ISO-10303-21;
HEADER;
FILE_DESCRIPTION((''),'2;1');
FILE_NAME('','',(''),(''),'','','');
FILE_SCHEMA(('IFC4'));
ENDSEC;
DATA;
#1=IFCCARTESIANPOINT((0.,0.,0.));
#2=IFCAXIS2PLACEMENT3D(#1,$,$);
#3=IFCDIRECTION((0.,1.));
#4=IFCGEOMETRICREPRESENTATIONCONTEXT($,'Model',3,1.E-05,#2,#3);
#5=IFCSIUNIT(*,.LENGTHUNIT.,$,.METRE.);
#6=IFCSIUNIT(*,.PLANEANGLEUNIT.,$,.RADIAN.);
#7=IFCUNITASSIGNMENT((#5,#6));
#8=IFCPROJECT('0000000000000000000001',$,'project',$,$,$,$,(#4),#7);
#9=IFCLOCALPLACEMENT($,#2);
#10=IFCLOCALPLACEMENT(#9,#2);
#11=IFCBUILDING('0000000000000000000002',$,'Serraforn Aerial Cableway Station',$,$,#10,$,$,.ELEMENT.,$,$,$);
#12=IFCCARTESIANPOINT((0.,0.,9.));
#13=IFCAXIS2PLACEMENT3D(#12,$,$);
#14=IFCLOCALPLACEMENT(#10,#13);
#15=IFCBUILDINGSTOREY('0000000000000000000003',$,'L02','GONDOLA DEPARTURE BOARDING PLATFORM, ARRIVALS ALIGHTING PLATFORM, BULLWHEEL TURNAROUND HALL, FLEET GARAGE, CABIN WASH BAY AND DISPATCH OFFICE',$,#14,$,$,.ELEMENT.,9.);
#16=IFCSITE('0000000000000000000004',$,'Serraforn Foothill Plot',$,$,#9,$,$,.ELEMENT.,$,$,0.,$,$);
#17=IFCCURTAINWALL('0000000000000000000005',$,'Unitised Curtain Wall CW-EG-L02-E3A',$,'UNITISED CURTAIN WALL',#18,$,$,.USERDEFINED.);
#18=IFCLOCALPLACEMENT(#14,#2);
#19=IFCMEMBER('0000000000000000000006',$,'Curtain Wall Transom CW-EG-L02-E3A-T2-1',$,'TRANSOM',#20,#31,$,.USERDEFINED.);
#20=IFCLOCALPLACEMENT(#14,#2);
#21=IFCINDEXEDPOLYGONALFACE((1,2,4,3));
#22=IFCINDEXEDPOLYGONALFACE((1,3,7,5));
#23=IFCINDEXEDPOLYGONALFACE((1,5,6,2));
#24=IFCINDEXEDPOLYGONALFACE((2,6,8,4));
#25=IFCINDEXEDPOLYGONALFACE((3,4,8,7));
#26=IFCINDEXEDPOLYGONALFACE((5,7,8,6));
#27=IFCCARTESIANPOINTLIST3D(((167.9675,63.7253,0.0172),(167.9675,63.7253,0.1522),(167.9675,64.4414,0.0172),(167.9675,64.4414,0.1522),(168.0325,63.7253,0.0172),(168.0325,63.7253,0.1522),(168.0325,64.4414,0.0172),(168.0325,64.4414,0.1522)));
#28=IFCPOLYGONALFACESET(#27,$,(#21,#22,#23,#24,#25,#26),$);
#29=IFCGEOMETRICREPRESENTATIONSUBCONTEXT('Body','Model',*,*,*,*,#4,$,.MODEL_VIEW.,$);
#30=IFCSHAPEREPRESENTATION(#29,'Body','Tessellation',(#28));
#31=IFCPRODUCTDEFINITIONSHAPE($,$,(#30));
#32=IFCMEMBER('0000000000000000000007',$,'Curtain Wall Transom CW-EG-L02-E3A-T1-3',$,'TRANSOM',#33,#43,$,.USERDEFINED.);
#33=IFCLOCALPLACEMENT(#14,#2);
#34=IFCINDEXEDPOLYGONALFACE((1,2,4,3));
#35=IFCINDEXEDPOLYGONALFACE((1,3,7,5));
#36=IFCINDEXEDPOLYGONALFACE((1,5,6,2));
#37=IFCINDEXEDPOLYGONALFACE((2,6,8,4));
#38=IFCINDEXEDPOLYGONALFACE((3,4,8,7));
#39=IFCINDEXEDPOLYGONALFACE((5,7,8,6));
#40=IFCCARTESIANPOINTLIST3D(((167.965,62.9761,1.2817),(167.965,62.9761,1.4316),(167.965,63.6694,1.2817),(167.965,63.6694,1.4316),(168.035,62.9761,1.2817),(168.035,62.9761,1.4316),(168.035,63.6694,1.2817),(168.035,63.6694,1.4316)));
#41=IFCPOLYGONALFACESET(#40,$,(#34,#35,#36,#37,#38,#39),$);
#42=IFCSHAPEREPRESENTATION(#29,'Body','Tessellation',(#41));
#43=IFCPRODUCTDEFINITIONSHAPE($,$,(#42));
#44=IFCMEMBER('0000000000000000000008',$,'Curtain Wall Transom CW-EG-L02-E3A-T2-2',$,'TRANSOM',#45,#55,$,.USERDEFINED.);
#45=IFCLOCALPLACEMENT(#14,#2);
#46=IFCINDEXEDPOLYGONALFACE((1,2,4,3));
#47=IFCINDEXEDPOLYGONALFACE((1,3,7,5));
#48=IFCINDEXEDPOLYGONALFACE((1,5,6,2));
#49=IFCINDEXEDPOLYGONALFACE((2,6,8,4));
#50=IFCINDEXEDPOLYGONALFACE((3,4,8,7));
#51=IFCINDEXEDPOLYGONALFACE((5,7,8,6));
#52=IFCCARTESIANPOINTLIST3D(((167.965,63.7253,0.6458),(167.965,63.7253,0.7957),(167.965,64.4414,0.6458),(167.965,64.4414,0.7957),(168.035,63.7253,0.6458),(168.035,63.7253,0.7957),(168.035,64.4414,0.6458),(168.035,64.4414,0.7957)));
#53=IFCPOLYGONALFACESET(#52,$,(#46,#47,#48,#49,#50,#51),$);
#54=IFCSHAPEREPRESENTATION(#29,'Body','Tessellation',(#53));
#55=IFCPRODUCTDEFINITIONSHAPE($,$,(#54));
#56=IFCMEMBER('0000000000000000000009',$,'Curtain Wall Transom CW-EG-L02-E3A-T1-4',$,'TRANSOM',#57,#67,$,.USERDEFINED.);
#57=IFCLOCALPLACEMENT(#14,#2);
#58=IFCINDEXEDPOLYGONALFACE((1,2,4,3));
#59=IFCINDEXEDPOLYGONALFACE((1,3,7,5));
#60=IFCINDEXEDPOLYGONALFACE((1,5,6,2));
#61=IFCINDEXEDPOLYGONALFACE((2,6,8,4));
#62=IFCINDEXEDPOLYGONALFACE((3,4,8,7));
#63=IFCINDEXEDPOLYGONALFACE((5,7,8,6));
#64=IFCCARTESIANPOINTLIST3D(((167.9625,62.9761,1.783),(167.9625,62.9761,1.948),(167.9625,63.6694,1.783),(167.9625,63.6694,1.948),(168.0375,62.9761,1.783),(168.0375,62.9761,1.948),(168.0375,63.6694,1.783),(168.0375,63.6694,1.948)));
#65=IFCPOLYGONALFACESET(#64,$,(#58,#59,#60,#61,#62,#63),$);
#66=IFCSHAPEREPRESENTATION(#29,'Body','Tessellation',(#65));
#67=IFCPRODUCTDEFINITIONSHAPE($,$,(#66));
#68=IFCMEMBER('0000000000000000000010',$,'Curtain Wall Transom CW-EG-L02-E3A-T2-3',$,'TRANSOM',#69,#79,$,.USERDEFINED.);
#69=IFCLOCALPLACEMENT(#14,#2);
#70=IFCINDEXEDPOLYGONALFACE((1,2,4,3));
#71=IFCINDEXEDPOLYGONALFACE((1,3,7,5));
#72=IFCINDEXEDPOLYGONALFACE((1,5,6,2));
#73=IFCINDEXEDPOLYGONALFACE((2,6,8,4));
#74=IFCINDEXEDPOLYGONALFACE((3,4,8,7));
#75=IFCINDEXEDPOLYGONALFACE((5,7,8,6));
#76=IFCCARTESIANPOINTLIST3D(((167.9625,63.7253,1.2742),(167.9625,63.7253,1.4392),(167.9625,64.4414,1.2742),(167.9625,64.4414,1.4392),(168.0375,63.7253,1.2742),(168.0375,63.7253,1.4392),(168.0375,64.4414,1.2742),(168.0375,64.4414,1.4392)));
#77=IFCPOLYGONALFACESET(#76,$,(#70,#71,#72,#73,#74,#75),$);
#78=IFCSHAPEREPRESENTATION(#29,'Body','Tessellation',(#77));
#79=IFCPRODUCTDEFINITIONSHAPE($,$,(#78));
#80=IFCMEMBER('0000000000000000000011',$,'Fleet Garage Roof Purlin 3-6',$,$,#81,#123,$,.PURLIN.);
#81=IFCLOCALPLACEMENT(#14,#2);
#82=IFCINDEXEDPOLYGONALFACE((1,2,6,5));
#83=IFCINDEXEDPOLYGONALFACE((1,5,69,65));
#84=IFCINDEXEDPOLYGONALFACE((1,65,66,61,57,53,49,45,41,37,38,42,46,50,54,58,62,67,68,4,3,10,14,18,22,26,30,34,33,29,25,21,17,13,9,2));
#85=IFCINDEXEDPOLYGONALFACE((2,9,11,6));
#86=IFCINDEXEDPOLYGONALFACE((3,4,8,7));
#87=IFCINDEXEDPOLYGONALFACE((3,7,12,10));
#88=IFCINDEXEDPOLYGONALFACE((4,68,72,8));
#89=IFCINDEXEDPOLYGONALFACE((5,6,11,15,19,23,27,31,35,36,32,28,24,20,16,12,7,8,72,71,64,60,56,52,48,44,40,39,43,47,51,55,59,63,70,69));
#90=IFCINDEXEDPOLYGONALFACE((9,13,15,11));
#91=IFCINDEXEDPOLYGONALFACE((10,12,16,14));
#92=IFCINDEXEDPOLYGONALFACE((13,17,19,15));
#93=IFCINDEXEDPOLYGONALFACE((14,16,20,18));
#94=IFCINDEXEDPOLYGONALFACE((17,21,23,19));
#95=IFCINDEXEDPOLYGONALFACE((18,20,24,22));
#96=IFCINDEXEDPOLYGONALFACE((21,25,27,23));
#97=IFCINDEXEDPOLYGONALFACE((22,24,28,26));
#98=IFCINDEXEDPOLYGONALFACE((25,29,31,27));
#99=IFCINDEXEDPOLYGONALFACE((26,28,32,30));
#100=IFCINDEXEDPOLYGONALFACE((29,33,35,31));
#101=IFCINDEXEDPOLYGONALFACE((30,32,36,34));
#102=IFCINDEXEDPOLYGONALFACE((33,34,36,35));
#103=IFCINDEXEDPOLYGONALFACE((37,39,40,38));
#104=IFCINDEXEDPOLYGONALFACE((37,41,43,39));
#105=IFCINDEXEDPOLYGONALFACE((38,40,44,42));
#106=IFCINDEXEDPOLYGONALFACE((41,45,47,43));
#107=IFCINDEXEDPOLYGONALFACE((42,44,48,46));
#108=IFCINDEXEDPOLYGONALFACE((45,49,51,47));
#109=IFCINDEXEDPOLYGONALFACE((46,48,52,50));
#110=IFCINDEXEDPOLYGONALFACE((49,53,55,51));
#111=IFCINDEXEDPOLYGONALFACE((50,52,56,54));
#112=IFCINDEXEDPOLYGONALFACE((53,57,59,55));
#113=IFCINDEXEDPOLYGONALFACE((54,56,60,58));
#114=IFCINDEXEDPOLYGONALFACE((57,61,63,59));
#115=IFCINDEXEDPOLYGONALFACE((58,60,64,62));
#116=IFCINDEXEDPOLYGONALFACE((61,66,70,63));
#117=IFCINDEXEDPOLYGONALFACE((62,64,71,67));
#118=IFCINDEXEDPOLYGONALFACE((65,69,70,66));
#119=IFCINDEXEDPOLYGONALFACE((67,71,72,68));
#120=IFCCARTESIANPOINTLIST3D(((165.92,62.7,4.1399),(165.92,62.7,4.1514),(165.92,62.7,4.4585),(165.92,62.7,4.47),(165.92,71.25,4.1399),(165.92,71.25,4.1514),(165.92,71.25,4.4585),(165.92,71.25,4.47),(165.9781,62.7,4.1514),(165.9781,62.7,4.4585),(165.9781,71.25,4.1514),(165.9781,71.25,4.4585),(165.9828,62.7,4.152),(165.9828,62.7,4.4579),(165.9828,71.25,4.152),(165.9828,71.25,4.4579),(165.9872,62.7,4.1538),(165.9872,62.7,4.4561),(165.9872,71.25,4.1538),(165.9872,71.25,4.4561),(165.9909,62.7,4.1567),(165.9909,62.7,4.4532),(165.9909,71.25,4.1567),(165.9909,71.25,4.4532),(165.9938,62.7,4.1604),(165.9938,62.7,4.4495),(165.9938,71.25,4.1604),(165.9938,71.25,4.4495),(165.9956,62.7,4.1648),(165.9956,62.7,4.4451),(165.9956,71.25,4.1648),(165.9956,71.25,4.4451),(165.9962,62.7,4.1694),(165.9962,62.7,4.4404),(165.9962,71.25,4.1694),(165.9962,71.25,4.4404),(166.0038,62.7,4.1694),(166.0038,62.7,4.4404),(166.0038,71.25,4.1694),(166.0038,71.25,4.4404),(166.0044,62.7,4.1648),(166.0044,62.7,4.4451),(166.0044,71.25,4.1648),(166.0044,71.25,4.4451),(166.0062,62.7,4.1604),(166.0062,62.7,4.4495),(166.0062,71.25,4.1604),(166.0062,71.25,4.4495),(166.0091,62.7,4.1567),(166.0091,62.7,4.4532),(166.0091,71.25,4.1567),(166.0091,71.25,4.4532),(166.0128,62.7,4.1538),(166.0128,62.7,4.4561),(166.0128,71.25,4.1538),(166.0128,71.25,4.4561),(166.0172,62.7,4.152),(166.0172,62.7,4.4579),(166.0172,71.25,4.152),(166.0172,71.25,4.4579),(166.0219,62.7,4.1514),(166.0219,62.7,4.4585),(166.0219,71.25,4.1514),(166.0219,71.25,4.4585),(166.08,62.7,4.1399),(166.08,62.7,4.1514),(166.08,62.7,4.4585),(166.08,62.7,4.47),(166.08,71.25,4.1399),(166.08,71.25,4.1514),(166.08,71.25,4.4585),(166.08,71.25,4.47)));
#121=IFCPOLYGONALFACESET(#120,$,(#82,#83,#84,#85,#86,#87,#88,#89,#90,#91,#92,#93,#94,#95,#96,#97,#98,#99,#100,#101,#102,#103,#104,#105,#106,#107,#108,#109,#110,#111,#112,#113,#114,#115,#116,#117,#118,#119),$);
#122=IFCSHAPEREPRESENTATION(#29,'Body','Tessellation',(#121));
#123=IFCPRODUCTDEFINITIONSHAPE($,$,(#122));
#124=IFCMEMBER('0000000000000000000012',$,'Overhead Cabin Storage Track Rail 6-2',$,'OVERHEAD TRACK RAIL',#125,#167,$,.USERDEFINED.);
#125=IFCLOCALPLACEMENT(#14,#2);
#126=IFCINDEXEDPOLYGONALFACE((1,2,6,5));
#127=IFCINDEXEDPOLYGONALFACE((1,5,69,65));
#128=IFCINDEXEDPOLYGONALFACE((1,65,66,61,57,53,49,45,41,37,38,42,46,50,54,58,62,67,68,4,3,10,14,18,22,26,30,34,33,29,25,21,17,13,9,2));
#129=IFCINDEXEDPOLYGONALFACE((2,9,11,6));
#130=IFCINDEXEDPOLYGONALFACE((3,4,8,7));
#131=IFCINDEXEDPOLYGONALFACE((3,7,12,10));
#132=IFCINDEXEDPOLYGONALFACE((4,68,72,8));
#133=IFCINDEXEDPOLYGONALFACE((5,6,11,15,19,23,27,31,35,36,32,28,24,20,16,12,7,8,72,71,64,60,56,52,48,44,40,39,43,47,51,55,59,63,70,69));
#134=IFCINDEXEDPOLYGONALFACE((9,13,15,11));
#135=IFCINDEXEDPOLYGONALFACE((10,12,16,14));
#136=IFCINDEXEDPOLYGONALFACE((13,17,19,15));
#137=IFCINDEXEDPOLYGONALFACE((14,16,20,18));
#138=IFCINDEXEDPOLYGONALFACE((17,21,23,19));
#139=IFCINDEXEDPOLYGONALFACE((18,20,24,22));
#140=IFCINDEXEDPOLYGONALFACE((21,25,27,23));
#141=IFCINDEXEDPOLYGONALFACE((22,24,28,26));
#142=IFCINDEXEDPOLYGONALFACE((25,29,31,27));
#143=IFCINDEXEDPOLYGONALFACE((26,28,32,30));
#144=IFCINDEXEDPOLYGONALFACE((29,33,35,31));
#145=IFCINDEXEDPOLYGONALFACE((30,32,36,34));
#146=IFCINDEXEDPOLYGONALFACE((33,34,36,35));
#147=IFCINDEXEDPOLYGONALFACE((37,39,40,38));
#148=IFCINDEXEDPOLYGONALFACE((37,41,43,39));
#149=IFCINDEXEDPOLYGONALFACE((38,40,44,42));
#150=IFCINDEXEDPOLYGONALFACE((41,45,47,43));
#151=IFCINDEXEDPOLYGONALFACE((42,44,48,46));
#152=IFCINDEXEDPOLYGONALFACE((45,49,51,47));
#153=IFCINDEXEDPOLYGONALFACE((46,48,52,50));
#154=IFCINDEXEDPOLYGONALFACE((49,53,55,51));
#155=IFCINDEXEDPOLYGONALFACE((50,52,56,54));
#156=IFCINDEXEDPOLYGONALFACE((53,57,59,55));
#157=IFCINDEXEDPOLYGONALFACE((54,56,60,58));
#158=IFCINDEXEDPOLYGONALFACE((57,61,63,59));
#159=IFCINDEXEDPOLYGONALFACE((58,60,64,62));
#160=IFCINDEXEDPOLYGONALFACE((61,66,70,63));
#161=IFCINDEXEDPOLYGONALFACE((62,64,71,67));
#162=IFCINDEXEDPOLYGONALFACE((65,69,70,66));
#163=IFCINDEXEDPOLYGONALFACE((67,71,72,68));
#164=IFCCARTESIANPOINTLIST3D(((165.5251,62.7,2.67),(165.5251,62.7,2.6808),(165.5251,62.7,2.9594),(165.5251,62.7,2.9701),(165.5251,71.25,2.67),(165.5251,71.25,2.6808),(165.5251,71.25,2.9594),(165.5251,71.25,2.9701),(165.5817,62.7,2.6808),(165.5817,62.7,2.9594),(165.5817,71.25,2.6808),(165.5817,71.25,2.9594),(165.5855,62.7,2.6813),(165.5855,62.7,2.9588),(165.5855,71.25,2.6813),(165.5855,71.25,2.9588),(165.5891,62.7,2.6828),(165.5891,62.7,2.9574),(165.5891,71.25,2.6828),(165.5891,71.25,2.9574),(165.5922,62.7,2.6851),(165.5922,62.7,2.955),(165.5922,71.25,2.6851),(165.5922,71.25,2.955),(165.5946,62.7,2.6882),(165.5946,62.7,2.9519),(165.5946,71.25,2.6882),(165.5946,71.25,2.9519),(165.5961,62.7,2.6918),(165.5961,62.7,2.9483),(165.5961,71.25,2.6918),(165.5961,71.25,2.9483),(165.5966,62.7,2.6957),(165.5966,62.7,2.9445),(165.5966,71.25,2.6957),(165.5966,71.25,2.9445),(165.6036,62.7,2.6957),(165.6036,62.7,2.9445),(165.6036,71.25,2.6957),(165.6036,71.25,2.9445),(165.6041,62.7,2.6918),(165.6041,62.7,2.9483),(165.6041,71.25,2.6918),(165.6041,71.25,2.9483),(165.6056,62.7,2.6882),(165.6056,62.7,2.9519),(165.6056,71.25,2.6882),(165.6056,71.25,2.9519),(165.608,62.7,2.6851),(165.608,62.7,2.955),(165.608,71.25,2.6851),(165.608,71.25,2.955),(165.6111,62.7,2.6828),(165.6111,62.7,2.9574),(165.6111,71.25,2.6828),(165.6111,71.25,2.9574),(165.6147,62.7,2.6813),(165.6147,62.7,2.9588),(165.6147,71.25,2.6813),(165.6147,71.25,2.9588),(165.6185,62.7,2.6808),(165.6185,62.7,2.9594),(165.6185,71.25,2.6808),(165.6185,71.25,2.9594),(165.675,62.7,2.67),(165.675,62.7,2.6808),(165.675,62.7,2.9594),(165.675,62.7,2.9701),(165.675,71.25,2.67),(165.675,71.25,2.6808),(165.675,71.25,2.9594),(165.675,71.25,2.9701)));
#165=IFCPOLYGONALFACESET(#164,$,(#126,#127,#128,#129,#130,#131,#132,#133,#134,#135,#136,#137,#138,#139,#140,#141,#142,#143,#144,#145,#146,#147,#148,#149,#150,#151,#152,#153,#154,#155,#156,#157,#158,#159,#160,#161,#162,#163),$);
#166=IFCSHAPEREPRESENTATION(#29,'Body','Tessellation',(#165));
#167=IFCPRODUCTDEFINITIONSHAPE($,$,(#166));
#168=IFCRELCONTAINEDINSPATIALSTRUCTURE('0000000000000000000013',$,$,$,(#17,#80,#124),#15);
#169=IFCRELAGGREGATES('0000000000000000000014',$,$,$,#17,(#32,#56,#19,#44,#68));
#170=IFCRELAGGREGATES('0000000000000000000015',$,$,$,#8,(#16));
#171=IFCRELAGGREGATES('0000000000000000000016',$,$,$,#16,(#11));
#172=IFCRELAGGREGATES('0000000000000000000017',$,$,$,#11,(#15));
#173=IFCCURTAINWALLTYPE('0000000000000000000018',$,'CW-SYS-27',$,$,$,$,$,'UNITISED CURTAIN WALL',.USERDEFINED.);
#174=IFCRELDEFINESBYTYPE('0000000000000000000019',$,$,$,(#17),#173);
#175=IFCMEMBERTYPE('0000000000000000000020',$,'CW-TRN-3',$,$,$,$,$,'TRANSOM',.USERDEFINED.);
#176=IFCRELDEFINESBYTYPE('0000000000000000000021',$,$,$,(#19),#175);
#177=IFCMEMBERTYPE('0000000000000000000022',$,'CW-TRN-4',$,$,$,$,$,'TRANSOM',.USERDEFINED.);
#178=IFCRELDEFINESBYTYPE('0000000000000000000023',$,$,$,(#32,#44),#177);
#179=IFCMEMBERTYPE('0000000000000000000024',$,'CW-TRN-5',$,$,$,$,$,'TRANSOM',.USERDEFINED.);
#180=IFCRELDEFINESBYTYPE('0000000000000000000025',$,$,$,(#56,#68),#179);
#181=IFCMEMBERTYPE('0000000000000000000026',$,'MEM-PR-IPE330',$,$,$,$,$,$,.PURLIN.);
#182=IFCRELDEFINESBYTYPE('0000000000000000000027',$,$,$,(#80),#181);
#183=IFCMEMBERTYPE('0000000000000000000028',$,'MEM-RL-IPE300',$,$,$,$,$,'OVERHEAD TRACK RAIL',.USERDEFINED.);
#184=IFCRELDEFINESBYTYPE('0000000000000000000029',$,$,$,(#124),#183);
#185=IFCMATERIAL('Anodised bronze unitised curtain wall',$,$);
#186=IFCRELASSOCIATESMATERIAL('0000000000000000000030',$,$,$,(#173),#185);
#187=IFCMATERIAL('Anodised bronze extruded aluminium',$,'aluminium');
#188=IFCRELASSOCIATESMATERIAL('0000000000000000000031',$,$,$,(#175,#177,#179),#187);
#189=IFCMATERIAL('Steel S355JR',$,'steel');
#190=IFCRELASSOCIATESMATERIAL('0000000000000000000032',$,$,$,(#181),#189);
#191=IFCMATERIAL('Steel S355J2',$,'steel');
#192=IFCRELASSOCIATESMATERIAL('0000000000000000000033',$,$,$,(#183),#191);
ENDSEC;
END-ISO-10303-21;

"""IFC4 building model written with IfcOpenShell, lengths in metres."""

from ifc_helpers import new_model, si_unit, direction, frame, origin, origin_2d, place, context, subcontext, project, spatial, rectangle, i_section, extrude, material, material_profile, profile_set, type_object, element, aggregate, save


model = new_model("IFC4")

# Units and contexts
model_context = context("Model", 3, precision=1e-05, world=origin(), true_north=direction((0.0, 1.0)))
body_context = subcontext(model_context, "Body", "Model", "MODEL_VIEW")
ifc_project = project(units=[si_unit("LENGTHUNIT", "METRE"), si_unit("PLANEANGLEUNIT", "RADIAN")], contexts=[model_context])

# Site, building, storey
site_placement = place(None, origin())
site = spatial("IfcSite", under=ifc_project, at=site_placement, Name="Serraforn Foothill Plot", CompositionType="ELEMENT", RefElevation=0.0)
building_placement = place(site_placement, origin())
building = spatial("IfcBuilding", under=site, at=building_placement, Name="Serraforn Aerial Cableway Station", CompositionType="ELEMENT")
storey_placement = place(building_placement, frame((0.0, 0.0, 9.0)))
storey = spatial("IfcBuildingStorey", under=building, at=storey_placement, Name="L02", Description="GONDOLA DEPARTURE BOARDING PLATFORM, ARRIVALS ALIGHTING PLATFORM, BULLWHEEL TURNAROUND HALL, FLEET GARAGE, CABIN WASH BAY AND DISPATCH OFFICE", CompositionType="ELEMENT", Elevation=9.0)

# Shared definitions
ifc_material_1 = material(Name="Steel S355J2", Category="steel")

# Curtain wall, members
ifc_material_2 = material(Name="Anodised bronze unitised curtain wall")
curtain_wall_type = type_object("IfcCurtainWallType", Name="CW-SYS-27", ElementType="UNITISED CURTAIN WALL", PredefinedType="USERDEFINED", material=ifc_material_2)
curtain_wall_placement = place(storey_placement, origin())
curtain_wall = element("IfcCurtainWall", 1, at=curtain_wall_placement, inside=storey, type_object=curtain_wall_type, Name="Unitised Curtain Wall CW-EG-L02-E3A", ObjectType="UNITISED CURTAIN WALL", PredefinedType="USERDEFINED")
ifc_material_3 = material(Name="Anodised bronze extruded aluminium", Category="aluminium")
ifc_material_profile_1 = material_profile(ifc_material_3, rectangle(XDim=0.0649, YDim=0.135, at=origin_2d()), Name="CW TRANSOM 65x135")
ifc_profile_set_1 = profile_set([ifc_material_profile_1], Name="Anodised bronze extruded aluminium")
member_type_1 = type_object("IfcMemberType", Name="CW-TRN-3", ElementType="TRANSOM", PredefinedType="USERDEFINED", material=ifc_profile_set_1)
member_1_placement = place(storey_placement, frame((168.0, 63.7253, 0.0847), z_axis=(0.0, 1.0, 0.0), x_axis=(-1.0, 0.0, 0.0)))
member_1 = element("IfcMember", 2, at=member_1_placement, type_object=member_type_1, Name="Curtain Wall Transom CW-EG-L02-E3A-T2-1", ObjectType="TRANSOM", PredefinedType="USERDEFINED", context=body_context, shape_type="SweptSolid", body=[
    extrude(rectangle(XDim=0.0649, YDim=0.135, at=origin_2d()), origin(), (0.0, 0.0, 1.0), 0.7161),
])
ifc_material_profile_2 = material_profile(ifc_material_3, rectangle(XDim=0.0701, YDim=0.1499, at=origin_2d()), Name="CW TRANSOM 70x150")
ifc_profile_set_2 = profile_set([ifc_material_profile_2], Name="Anodised bronze extruded aluminium")
member_type_2 = type_object("IfcMemberType", Name="CW-TRN-4", ElementType="TRANSOM", PredefinedType="USERDEFINED", material=ifc_profile_set_2)
member_2_placement = place(storey_placement, frame((168.0, 62.9761, 1.3567), z_axis=(0.0, 1.0, 0.0), x_axis=(-1.0, 0.0, 0.0)))
member_2 = element("IfcMember", 3, at=member_2_placement, type_object=member_type_2, Name="Curtain Wall Transom CW-EG-L02-E3A-T1-3", ObjectType="TRANSOM", PredefinedType="USERDEFINED", context=body_context, shape_type="SweptSolid", body=[
    extrude(rectangle(XDim=0.0701, YDim=0.1499, at=origin_2d()), origin(), (0.0, 0.0, 1.0), 0.6934),
])
member_3_placement = place(storey_placement, frame((168.0, 63.7253, 0.7207), z_axis=(0.0, 1.0, 0.0), x_axis=(-1.0, 0.0, 0.0)))
member_3 = element("IfcMember", 4, at=member_3_placement, type_object=member_type_2, Name="Curtain Wall Transom CW-EG-L02-E3A-T2-2", ObjectType="TRANSOM", PredefinedType="USERDEFINED", context=body_context, shape_type="SweptSolid", body=[
    extrude(rectangle(XDim=0.0701, YDim=0.1499, at=origin_2d()), origin(), (0.0, 0.0, 1.0), 0.7161),
])
ifc_material_profile_3 = material_profile(ifc_material_3, rectangle(XDim=0.075, YDim=0.165, at=origin_2d()), Name="CW TRANSOM 75x165")
ifc_profile_set_3 = profile_set([ifc_material_profile_3], Name="Anodised bronze extruded aluminium")
member_type_3 = type_object("IfcMemberType", Name="CW-TRN-5", ElementType="TRANSOM", PredefinedType="USERDEFINED", material=ifc_profile_set_3)
member_4_placement = place(storey_placement, frame((168.0, 62.9761, 1.8655), z_axis=(0.0, 1.0, 0.0), x_axis=(-1.0, 0.0, 0.0)))
member_4 = element("IfcMember", 5, at=member_4_placement, type_object=member_type_3, Name="Curtain Wall Transom CW-EG-L02-E3A-T1-4", ObjectType="TRANSOM", PredefinedType="USERDEFINED", context=body_context, shape_type="SweptSolid", body=[
    extrude(rectangle(XDim=0.075, YDim=0.165, at=origin_2d()), origin(), (0.0, 0.0, 1.0), 0.6934),
])
member_5_placement = place(storey_placement, frame((168.0, 63.7253, 1.3567), z_axis=(0.0, 1.0, 0.0), x_axis=(-1.0, 0.0, 0.0)))
member_5 = element("IfcMember", 6, at=member_5_placement, type_object=member_type_3, Name="Curtain Wall Transom CW-EG-L02-E3A-T2-3", ObjectType="TRANSOM", PredefinedType="USERDEFINED", context=body_context, shape_type="SweptSolid", body=[
    extrude(rectangle(XDim=0.075, YDim=0.165, at=origin_2d()), origin(), (0.0, 0.0, 1.0), 0.7161),
])

# Members
ifc_material_4 = material(Name="Steel S355JR", Category="steel")
ifc_material_profile_4 = material_profile(ifc_material_4, i_section(OverallWidth=0.1599, OverallDepth=0.3301, WebThickness=0.0076, FlangeThickness=0.0115, FilletRadius=0.0181, at=origin_2d()), Name="IPE 330")
ifc_profile_set_4 = profile_set([ifc_material_profile_4], Name="Steel S355JR")
member_type_4 = type_object("IfcMemberType", Name="MEM-PR-IPE330", PredefinedType="PURLIN", material=ifc_profile_set_4)
member_6_placement = place(storey_placement, frame((166.0, 62.7, 4.3049), z_axis=(0.0, 1.0, 0.0), x_axis=(-1.0, 0.0, 0.0)))
element("IfcMember", 7, at=member_6_placement, inside=storey, type_object=member_type_4, Name="Fleet Garage Roof Purlin 3-6", PredefinedType="PURLIN", context=body_context, shape_type="SweptSolid", body=[
    extrude(i_section(OverallWidth=0.1599, OverallDepth=0.3301, WebThickness=0.0076, FlangeThickness=0.0115, FilletRadius=0.0181, at=origin_2d()), origin(), (0.0, 0.0, 1.0), 8.55),
])
ifc_material_profile_5 = material_profile(ifc_material_1, i_section(OverallWidth=0.1499, OverallDepth=0.3, WebThickness=0.0071, FlangeThickness=0.0107, FilletRadius=0.0149, at=origin_2d()), Name="IPE 300")
ifc_profile_set_5 = profile_set([ifc_material_profile_5], Name="Steel S355J2")
member_type_5 = type_object("IfcMemberType", Name="MEM-RL-IPE300", ElementType="OVERHEAD TRACK RAIL", PredefinedType="USERDEFINED", material=ifc_profile_set_5)
member_7_placement = place(storey_placement, frame((165.6001, 62.7, 2.8201), z_axis=(0.0, 1.0, 0.0), x_axis=(-1.0, 0.0, 0.0)))
element("IfcMember", 8, at=member_7_placement, inside=storey, type_object=member_type_5, Name="Overhead Cabin Storage Track Rail 6-2", ObjectType="OVERHEAD TRACK RAIL", PredefinedType="USERDEFINED", context=body_context, shape_type="SweptSolid", body=[
    extrude(i_section(OverallWidth=0.1499, OverallDepth=0.3, WebThickness=0.0071, FlangeThickness=0.0107, FilletRadius=0.0149, at=origin_2d()), origin(), (0.0, 0.0, 1.0), 8.55),
])

aggregate(curtain_wall, [member_2, member_4, member_1, member_3, member_5])

save(model, "model.ifc")
